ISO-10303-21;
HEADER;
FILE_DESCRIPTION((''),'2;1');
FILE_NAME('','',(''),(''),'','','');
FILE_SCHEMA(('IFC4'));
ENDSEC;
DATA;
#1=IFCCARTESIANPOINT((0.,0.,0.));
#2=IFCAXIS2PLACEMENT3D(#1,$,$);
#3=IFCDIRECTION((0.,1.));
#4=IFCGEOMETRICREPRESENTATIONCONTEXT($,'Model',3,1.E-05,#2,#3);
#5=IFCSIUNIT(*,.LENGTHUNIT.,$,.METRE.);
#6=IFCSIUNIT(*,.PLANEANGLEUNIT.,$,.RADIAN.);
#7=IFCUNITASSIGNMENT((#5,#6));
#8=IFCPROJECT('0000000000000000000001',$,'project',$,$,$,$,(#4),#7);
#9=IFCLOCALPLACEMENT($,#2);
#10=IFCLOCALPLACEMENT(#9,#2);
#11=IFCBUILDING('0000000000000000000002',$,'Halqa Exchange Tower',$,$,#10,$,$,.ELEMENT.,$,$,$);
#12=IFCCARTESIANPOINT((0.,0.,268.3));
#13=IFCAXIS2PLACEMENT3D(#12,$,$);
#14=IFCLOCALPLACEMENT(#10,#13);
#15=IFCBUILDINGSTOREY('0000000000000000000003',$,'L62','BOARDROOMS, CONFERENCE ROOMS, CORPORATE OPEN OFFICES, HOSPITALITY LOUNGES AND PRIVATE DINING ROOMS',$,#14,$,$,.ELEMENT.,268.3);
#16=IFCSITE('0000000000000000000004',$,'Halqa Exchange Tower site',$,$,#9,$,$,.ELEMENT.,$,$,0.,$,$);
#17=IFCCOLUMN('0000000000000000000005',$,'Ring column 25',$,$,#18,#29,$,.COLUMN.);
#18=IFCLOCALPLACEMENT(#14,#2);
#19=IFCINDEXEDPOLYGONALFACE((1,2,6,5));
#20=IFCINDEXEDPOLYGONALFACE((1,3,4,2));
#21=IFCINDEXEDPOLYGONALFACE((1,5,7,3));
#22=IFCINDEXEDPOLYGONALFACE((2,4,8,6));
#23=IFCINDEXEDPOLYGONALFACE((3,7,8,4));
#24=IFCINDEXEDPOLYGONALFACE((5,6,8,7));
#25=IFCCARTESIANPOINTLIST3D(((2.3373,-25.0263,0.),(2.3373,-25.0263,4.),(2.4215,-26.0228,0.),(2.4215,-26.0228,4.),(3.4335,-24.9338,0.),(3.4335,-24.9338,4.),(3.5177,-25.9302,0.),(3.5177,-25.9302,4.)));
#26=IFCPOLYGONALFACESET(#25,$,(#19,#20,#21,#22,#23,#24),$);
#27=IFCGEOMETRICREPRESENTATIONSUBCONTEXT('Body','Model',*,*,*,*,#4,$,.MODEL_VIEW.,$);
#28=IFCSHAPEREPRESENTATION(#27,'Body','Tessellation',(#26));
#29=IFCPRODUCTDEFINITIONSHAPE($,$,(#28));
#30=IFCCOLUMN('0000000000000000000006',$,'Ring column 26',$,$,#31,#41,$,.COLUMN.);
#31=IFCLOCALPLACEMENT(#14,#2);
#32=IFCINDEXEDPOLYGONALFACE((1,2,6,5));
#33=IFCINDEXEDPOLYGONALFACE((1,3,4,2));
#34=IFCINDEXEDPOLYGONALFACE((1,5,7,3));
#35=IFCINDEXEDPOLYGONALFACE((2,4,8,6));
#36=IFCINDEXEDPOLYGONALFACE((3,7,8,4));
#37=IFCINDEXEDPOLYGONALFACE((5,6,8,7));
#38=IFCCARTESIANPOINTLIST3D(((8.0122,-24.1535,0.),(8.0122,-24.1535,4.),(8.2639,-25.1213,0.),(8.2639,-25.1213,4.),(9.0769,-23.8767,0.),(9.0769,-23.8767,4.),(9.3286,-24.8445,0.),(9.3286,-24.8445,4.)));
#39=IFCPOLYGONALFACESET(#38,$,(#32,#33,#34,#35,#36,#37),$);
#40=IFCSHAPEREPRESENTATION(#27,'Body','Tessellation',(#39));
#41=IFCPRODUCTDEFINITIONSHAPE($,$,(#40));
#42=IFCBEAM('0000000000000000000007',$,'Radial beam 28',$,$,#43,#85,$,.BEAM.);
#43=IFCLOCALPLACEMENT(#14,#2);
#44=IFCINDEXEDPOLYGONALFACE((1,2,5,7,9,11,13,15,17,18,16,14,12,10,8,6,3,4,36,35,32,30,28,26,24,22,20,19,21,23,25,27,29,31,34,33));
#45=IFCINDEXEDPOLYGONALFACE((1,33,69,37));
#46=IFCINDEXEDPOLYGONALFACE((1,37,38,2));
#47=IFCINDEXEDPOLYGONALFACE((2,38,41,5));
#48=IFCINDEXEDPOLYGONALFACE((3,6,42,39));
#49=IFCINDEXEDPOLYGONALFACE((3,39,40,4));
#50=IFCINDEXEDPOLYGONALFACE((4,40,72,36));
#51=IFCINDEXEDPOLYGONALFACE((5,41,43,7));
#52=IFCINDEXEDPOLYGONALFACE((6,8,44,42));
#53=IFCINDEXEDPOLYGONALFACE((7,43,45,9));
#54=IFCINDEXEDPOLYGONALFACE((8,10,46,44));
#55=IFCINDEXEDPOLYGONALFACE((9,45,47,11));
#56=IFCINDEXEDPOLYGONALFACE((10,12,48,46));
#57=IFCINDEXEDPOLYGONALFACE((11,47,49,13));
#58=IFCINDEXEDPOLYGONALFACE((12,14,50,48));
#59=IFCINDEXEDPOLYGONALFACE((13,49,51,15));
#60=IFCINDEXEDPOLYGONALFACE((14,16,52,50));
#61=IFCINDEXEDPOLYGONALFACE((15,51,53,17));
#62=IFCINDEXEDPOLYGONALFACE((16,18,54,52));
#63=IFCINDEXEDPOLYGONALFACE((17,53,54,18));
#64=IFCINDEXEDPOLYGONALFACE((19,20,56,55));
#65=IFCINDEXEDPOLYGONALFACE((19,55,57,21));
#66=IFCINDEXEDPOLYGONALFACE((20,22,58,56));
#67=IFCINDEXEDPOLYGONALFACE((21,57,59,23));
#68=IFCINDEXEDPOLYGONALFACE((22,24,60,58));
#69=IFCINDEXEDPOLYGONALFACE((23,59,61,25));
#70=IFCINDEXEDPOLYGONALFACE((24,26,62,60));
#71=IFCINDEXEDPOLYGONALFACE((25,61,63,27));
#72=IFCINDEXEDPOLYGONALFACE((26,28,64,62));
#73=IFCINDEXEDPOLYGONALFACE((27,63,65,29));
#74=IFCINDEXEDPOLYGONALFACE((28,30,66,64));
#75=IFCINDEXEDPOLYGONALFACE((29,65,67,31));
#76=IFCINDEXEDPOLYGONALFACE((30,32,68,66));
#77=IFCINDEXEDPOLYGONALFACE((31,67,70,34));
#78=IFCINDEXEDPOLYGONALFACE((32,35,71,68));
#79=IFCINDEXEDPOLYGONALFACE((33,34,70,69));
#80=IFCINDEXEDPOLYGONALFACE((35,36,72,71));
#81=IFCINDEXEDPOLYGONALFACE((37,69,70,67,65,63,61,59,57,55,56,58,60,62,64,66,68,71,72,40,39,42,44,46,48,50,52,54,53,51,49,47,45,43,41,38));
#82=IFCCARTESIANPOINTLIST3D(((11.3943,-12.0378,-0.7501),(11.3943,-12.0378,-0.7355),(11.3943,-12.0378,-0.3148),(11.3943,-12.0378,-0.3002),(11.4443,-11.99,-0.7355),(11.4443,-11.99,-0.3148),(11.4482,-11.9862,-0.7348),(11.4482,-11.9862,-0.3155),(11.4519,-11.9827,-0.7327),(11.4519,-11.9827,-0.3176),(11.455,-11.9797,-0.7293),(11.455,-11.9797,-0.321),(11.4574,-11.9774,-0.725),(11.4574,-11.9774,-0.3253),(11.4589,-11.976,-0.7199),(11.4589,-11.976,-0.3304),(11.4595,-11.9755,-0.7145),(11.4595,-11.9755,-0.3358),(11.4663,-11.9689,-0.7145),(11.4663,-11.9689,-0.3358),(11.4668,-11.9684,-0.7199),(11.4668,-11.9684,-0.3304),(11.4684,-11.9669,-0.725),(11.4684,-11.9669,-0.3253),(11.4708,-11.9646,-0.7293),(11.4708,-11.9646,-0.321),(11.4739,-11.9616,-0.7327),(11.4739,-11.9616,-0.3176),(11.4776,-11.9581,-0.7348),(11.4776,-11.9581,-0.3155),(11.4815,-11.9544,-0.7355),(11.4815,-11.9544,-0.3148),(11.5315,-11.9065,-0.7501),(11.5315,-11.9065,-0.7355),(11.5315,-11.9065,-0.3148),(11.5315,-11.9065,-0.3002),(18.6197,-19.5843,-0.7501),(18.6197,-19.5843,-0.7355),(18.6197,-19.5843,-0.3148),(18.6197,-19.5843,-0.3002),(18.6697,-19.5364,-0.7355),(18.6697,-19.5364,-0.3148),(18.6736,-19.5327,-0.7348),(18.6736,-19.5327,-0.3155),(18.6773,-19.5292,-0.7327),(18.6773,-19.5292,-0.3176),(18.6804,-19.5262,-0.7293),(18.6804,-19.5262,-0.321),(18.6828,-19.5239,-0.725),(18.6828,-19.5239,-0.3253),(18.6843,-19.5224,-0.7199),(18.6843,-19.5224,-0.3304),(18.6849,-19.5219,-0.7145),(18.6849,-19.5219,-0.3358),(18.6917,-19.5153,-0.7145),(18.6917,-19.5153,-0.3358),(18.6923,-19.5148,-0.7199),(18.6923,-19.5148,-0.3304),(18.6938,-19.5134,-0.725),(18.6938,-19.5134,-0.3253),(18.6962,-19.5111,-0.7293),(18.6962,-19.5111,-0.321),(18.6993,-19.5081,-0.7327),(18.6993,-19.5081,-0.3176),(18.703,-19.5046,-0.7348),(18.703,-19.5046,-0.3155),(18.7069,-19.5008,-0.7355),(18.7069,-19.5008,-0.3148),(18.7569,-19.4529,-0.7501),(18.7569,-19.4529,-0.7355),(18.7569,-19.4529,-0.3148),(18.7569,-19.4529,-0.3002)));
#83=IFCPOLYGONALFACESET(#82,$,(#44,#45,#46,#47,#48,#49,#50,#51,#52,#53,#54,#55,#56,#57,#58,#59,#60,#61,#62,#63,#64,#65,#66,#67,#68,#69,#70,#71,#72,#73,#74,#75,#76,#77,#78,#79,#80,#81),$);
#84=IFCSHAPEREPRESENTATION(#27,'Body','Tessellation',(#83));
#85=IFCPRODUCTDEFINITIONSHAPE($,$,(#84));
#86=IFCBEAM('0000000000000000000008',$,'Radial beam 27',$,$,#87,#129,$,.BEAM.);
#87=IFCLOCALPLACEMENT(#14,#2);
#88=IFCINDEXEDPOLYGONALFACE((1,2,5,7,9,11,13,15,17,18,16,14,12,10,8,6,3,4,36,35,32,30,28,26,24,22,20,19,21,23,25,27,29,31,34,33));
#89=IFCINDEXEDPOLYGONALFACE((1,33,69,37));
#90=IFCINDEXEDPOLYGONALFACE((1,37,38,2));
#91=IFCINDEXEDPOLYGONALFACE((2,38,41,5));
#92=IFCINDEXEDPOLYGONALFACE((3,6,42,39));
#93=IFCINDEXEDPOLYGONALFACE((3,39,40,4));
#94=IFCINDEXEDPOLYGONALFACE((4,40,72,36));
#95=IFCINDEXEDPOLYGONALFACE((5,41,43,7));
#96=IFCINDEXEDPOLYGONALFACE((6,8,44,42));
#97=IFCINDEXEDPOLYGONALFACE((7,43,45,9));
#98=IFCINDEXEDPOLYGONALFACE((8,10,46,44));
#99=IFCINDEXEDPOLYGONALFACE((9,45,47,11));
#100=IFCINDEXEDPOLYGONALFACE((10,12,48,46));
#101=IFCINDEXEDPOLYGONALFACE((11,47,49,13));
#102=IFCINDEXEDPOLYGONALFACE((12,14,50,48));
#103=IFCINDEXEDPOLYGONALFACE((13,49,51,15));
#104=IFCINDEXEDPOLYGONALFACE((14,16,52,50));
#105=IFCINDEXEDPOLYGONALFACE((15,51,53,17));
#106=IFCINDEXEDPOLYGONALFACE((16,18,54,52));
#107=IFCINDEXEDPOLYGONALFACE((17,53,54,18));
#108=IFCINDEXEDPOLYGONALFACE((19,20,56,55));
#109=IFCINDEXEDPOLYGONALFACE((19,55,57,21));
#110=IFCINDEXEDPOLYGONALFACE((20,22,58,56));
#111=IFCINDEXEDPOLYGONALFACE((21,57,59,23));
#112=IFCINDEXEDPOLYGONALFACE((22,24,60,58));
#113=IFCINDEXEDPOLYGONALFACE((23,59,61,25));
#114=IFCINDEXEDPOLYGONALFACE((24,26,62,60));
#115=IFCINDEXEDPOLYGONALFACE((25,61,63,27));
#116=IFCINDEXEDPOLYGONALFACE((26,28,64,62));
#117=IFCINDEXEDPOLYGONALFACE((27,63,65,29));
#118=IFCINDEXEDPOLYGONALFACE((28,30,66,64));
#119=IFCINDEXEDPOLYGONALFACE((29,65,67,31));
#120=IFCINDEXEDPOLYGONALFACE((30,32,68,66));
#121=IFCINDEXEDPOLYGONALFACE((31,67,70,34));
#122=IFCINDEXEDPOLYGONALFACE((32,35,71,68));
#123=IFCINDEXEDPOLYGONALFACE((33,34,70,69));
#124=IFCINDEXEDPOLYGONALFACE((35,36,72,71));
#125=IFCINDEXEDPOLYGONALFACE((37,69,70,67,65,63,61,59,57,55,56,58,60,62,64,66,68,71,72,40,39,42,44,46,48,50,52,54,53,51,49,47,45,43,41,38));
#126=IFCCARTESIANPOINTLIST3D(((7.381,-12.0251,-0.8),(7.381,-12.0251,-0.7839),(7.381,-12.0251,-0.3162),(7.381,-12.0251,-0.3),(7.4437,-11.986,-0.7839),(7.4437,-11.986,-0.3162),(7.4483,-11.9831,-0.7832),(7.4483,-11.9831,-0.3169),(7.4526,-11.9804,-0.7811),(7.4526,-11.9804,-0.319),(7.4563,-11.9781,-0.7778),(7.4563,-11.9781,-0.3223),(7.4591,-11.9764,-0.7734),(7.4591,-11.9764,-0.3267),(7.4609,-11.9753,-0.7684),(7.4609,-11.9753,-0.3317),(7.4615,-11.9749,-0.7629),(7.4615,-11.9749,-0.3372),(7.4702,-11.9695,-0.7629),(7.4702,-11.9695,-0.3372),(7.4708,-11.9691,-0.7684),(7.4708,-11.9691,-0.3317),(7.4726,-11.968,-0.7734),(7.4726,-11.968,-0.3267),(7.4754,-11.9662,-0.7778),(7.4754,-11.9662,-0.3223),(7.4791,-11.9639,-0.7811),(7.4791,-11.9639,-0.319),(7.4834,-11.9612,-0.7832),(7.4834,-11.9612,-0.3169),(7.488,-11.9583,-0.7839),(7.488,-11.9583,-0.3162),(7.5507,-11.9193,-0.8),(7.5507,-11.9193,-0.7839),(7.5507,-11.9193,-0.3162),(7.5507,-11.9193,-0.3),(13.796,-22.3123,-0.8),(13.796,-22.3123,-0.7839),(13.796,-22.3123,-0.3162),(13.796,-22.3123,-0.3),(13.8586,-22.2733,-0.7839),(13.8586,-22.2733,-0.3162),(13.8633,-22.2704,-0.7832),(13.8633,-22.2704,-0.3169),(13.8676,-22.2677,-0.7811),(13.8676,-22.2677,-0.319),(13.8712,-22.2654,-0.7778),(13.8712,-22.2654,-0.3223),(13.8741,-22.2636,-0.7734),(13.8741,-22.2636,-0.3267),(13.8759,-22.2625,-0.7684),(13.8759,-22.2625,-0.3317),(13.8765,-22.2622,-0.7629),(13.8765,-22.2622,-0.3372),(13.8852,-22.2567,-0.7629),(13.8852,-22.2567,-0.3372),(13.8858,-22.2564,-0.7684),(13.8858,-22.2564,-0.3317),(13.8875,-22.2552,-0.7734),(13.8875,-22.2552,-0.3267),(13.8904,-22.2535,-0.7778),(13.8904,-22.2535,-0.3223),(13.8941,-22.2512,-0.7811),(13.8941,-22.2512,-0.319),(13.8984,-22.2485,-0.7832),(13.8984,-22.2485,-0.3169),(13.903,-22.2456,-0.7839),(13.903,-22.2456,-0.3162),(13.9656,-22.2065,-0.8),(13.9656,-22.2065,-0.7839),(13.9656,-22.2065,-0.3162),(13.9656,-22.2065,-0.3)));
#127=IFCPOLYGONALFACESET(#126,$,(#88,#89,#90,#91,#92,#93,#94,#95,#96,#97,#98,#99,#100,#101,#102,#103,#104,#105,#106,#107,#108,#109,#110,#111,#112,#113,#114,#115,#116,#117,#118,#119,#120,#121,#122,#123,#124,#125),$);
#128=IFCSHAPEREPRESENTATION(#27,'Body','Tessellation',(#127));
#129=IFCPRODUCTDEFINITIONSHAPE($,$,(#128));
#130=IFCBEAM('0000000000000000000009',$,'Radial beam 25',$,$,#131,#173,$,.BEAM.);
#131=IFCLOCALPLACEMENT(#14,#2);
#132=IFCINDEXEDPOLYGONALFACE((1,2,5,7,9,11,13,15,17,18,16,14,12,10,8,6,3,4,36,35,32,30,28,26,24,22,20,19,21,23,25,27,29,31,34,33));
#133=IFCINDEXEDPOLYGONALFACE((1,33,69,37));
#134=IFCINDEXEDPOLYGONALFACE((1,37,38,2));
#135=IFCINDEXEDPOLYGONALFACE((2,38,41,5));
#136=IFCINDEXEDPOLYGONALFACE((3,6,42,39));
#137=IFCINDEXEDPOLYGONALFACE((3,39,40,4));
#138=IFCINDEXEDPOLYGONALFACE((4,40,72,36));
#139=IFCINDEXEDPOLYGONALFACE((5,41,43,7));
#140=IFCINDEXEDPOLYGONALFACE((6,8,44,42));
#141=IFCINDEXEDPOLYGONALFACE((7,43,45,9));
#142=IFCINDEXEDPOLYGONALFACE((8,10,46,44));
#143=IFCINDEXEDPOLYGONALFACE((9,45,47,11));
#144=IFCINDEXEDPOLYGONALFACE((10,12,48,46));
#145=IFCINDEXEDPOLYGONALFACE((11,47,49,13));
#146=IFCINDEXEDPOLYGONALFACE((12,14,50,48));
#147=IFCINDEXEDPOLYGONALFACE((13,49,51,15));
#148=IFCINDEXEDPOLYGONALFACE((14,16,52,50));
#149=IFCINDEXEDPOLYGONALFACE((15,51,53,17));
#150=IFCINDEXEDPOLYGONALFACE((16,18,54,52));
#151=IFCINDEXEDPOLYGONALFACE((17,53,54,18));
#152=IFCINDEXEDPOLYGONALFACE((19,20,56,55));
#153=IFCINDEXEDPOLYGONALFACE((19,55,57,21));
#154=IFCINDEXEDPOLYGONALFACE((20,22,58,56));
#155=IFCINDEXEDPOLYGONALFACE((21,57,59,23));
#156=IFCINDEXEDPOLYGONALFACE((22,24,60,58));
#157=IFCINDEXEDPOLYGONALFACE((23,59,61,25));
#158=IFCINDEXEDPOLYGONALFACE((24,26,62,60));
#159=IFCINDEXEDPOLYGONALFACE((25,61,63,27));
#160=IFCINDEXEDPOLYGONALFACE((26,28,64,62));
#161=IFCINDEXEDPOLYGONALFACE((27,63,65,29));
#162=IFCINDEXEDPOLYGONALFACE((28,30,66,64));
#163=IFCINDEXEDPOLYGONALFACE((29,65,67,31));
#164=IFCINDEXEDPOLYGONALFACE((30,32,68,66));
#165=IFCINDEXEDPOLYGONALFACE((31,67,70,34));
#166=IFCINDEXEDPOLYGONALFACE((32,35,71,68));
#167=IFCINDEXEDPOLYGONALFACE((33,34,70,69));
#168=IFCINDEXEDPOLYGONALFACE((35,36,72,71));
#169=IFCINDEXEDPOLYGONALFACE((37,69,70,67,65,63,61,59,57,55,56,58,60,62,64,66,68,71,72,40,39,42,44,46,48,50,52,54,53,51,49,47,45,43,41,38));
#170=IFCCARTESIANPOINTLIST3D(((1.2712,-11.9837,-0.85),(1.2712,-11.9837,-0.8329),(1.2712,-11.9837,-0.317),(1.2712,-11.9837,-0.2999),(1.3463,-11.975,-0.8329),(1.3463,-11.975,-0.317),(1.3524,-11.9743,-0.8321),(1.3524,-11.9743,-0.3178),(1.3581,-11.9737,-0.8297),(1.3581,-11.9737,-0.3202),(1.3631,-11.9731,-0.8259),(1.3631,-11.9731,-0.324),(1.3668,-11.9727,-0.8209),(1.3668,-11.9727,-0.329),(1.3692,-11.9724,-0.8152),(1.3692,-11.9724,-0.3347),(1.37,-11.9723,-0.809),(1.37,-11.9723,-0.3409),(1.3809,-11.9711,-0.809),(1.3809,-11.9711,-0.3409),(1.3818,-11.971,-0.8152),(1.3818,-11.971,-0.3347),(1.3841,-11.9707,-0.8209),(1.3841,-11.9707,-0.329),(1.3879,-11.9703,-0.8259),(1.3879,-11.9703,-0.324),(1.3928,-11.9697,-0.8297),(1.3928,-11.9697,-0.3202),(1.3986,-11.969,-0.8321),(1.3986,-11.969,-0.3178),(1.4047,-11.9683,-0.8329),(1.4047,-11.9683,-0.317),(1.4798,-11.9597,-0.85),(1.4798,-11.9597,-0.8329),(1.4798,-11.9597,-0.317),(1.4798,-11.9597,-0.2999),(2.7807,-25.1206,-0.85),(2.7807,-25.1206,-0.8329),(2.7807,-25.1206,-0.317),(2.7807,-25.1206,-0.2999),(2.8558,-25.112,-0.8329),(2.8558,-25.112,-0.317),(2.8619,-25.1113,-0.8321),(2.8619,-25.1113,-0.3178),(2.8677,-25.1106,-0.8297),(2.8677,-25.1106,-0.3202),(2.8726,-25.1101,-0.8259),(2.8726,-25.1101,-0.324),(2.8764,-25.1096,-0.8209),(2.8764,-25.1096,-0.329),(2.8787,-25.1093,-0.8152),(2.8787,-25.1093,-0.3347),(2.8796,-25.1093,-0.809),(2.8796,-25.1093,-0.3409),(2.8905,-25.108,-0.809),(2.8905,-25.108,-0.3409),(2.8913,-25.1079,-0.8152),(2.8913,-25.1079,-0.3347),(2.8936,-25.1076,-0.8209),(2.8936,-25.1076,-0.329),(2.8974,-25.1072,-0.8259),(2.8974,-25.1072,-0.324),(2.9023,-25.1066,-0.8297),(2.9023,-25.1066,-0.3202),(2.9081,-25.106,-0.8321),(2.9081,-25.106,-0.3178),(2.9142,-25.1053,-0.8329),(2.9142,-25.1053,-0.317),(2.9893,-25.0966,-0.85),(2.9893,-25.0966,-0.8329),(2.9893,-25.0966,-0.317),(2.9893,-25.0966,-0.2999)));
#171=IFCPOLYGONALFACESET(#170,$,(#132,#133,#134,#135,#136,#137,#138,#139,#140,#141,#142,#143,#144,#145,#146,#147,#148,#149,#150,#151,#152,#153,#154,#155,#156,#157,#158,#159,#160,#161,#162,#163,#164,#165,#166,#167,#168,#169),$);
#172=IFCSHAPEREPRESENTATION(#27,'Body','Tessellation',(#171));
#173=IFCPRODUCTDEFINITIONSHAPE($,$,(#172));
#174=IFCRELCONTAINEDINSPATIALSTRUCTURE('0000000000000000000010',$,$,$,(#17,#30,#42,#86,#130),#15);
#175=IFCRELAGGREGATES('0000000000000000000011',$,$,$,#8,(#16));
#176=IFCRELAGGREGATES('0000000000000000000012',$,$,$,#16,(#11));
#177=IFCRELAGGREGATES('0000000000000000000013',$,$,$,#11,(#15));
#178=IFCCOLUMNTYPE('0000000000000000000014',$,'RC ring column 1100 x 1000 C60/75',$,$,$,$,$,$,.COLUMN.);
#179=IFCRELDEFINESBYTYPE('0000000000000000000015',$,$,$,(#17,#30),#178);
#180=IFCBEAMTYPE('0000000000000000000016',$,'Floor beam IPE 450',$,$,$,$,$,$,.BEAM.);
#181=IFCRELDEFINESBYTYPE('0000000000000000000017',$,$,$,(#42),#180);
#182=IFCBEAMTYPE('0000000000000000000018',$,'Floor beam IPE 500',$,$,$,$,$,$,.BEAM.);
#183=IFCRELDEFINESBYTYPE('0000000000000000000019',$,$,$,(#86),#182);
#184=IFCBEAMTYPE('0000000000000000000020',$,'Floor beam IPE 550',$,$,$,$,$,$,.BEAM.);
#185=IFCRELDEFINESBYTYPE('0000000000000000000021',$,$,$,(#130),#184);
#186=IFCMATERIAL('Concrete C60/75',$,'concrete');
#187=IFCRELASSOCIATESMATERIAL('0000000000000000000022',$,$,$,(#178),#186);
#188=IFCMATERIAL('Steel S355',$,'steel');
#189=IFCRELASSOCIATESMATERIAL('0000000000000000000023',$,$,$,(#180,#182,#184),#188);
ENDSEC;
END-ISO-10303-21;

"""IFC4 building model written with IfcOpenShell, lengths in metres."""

from ifc_helpers import new_model, si_unit, direction, frame, origin, origin_2d, place, context, subcontext, project, spatial, rectangle, i_section, extrude, material, material_profile, profile_set, type_object, element, save


model = new_model("IFC4")

# Units and contexts
model_context = context("Model", 3, precision=1e-05, world=origin(), true_north=direction((0.0, 1.0)))
body_context = subcontext(model_context, "Body", "Model", "MODEL_VIEW")
ifc_project = project(units=[si_unit("LENGTHUNIT", "METRE"), si_unit("PLANEANGLEUNIT", "RADIAN")], contexts=[model_context])

# Site, building, storey
site_placement = place(None, origin())
site = spatial("IfcSite", under=ifc_project, at=site_placement, Name="Halqa Exchange Tower site", CompositionType="ELEMENT", RefElevation=0.0)
building_placement = place(site_placement, origin())
building = spatial("IfcBuilding", under=site, at=building_placement, Name="Halqa Exchange Tower", CompositionType="ELEMENT")
storey_placement = place(building_placement, frame((0.0, 0.0, 268.3)))
storey = spatial("IfcBuildingStorey", under=building, at=storey_placement, Name="L62", Description="BOARDROOMS, CONFERENCE ROOMS, CORPORATE OPEN OFFICES, HOSPITALITY LOUNGES AND PRIVATE DINING ROOMS", CompositionType="ELEMENT", Elevation=268.3)

# Columns
ifc_material_1 = material(Name="Concrete C60/75", Category="concrete")
ifc_material_profile_1 = material_profile(ifc_material_1, rectangle(XDim=1.1001, YDim=1.0, at=origin_2d()), Name="1100 x 1000")
ifc_profile_set_1 = profile_set([ifc_material_profile_1], Name="Concrete C60/75")
column_type = type_object("IfcColumnType", Name="RC ring column 1100 x 1000 C60/75", PredefinedType="COLUMN", material=ifc_profile_set_1)
for number, where, z_axis, x_axis, name in (
    (1, (2.9275, -25.4783, 0.0), (0.0, 0.0, 1.0), (0.996456, 0.084121, 0.0), "Ring column 25"),
    (2, (8.6704, -24.499, 0.0), (0.0, 0.0, 1.0), (0.96782, 0.251642, 0.0), "Ring column 26"),
):
    element("IfcColumn", number, at=place(storey_placement, frame(where, z_axis=z_axis, x_axis=x_axis)), inside=storey, type_object=column_type, Name=name, PredefinedType="COLUMN", context=body_context, shape_type="SweptSolid", body=[
        extrude(rectangle(XDim=1.1001, YDim=1.0, at=origin_2d()), origin(), (0.0, 0.0, 1.0), 4.0),
    ])

# Beams
ifc_material_2 = material(Name="Steel S355", Category="steel")
ifc_material_profile_2 = material_profile(ifc_material_2, i_section(OverallWidth=0.1899, OverallDepth=0.45, WebThickness=0.0095, FlangeThickness=0.0146, FilletRadius=0.021, at=origin_2d()), Name="IPE 450")
ifc_profile_set_2 = profile_set([ifc_material_profile_2], Name="Steel S355")
beam_type_1 = type_object("IfcBeamType", Name="Floor beam IPE 450", PredefinedType="BEAM", material=ifc_profile_set_2)
beam_1_placement = place(storey_placement, frame((11.4629, -11.9722, -0.5251), z_axis=(0.691575, -0.722304, 0.0), x_axis=(0.722304, 0.691575, 0.0)))
element("IfcBeam", 3, at=beam_1_placement, inside=storey, type_object=beam_type_1, Name="Radial beam 28", PredefinedType="BEAM", context=body_context, shape_type="SweptSolid", body=[
    extrude(i_section(OverallWidth=0.1899, OverallDepth=0.45, WebThickness=0.0095, FlangeThickness=0.0146, FilletRadius=0.021, at=origin_2d()), origin(), (0.0, 0.0, 1.0), 10.4478),
])
ifc_material_profile_3 = material_profile(ifc_material_2, i_section(OverallWidth=0.2, OverallDepth=0.5, WebThickness=0.0103, FlangeThickness=0.0161, FilletRadius=0.021, at=origin_2d()), Name="IPE 500")
ifc_profile_set_3 = profile_set([ifc_material_profile_3], Name="Steel S355")
beam_type_2 = type_object("IfcBeamType", Name="Floor beam IPE 500", PredefinedType="BEAM", material=ifc_profile_set_3)
beam_2_placement = place(storey_placement, frame((7.4658, -11.9722, -0.55), z_axis=(0.529135, -0.848538, 0.0), x_axis=(0.848538, 0.529135, 0.0)))
element("IfcBeam", 4, at=beam_2_placement, inside=storey, type_object=beam_type_2, Name="Radial beam 27", PredefinedType="BEAM", context=body_context, shape_type="SweptSolid", body=[
    extrude(i_section(OverallWidth=0.2, OverallDepth=0.5, WebThickness=0.0103, FlangeThickness=0.0161, FilletRadius=0.021, at=origin_2d()), origin(), (0.0, 0.0, 1.0), 12.1235),
])
ifc_material_profile_4 = material_profile(ifc_material_2, i_section(OverallWidth=0.21, OverallDepth=0.55, WebThickness=0.011, FlangeThickness=0.0171, FilletRadius=0.0239, at=origin_2d()), Name="IPE 550")
ifc_profile_set_4 = profile_set([ifc_material_profile_4], Name="Steel S355")
beam_type_3 = type_object("IfcBeamType", Name="Floor beam IPE 550", PredefinedType="BEAM", material=ifc_profile_set_4)
beam_3_placement = place(storey_placement, frame((1.3755, -11.9717, -0.575), z_axis=(0.114155, -0.993463, 0.0), x_axis=(0.993463, 0.114155, 0.0)))
element("IfcBeam", 5, at=beam_3_placement, inside=storey, type_object=beam_type_3, Name="Radial beam 25", PredefinedType="BEAM", context=body_context, shape_type="SweptSolid", body=[
    extrude(i_section(OverallWidth=0.21, OverallDepth=0.55, WebThickness=0.011, FlangeThickness=0.0171, FilletRadius=0.0239, at=origin_2d()), origin(), (0.0, 0.0, 1.0), 13.2234),
])

save(model, "model.ifc")
